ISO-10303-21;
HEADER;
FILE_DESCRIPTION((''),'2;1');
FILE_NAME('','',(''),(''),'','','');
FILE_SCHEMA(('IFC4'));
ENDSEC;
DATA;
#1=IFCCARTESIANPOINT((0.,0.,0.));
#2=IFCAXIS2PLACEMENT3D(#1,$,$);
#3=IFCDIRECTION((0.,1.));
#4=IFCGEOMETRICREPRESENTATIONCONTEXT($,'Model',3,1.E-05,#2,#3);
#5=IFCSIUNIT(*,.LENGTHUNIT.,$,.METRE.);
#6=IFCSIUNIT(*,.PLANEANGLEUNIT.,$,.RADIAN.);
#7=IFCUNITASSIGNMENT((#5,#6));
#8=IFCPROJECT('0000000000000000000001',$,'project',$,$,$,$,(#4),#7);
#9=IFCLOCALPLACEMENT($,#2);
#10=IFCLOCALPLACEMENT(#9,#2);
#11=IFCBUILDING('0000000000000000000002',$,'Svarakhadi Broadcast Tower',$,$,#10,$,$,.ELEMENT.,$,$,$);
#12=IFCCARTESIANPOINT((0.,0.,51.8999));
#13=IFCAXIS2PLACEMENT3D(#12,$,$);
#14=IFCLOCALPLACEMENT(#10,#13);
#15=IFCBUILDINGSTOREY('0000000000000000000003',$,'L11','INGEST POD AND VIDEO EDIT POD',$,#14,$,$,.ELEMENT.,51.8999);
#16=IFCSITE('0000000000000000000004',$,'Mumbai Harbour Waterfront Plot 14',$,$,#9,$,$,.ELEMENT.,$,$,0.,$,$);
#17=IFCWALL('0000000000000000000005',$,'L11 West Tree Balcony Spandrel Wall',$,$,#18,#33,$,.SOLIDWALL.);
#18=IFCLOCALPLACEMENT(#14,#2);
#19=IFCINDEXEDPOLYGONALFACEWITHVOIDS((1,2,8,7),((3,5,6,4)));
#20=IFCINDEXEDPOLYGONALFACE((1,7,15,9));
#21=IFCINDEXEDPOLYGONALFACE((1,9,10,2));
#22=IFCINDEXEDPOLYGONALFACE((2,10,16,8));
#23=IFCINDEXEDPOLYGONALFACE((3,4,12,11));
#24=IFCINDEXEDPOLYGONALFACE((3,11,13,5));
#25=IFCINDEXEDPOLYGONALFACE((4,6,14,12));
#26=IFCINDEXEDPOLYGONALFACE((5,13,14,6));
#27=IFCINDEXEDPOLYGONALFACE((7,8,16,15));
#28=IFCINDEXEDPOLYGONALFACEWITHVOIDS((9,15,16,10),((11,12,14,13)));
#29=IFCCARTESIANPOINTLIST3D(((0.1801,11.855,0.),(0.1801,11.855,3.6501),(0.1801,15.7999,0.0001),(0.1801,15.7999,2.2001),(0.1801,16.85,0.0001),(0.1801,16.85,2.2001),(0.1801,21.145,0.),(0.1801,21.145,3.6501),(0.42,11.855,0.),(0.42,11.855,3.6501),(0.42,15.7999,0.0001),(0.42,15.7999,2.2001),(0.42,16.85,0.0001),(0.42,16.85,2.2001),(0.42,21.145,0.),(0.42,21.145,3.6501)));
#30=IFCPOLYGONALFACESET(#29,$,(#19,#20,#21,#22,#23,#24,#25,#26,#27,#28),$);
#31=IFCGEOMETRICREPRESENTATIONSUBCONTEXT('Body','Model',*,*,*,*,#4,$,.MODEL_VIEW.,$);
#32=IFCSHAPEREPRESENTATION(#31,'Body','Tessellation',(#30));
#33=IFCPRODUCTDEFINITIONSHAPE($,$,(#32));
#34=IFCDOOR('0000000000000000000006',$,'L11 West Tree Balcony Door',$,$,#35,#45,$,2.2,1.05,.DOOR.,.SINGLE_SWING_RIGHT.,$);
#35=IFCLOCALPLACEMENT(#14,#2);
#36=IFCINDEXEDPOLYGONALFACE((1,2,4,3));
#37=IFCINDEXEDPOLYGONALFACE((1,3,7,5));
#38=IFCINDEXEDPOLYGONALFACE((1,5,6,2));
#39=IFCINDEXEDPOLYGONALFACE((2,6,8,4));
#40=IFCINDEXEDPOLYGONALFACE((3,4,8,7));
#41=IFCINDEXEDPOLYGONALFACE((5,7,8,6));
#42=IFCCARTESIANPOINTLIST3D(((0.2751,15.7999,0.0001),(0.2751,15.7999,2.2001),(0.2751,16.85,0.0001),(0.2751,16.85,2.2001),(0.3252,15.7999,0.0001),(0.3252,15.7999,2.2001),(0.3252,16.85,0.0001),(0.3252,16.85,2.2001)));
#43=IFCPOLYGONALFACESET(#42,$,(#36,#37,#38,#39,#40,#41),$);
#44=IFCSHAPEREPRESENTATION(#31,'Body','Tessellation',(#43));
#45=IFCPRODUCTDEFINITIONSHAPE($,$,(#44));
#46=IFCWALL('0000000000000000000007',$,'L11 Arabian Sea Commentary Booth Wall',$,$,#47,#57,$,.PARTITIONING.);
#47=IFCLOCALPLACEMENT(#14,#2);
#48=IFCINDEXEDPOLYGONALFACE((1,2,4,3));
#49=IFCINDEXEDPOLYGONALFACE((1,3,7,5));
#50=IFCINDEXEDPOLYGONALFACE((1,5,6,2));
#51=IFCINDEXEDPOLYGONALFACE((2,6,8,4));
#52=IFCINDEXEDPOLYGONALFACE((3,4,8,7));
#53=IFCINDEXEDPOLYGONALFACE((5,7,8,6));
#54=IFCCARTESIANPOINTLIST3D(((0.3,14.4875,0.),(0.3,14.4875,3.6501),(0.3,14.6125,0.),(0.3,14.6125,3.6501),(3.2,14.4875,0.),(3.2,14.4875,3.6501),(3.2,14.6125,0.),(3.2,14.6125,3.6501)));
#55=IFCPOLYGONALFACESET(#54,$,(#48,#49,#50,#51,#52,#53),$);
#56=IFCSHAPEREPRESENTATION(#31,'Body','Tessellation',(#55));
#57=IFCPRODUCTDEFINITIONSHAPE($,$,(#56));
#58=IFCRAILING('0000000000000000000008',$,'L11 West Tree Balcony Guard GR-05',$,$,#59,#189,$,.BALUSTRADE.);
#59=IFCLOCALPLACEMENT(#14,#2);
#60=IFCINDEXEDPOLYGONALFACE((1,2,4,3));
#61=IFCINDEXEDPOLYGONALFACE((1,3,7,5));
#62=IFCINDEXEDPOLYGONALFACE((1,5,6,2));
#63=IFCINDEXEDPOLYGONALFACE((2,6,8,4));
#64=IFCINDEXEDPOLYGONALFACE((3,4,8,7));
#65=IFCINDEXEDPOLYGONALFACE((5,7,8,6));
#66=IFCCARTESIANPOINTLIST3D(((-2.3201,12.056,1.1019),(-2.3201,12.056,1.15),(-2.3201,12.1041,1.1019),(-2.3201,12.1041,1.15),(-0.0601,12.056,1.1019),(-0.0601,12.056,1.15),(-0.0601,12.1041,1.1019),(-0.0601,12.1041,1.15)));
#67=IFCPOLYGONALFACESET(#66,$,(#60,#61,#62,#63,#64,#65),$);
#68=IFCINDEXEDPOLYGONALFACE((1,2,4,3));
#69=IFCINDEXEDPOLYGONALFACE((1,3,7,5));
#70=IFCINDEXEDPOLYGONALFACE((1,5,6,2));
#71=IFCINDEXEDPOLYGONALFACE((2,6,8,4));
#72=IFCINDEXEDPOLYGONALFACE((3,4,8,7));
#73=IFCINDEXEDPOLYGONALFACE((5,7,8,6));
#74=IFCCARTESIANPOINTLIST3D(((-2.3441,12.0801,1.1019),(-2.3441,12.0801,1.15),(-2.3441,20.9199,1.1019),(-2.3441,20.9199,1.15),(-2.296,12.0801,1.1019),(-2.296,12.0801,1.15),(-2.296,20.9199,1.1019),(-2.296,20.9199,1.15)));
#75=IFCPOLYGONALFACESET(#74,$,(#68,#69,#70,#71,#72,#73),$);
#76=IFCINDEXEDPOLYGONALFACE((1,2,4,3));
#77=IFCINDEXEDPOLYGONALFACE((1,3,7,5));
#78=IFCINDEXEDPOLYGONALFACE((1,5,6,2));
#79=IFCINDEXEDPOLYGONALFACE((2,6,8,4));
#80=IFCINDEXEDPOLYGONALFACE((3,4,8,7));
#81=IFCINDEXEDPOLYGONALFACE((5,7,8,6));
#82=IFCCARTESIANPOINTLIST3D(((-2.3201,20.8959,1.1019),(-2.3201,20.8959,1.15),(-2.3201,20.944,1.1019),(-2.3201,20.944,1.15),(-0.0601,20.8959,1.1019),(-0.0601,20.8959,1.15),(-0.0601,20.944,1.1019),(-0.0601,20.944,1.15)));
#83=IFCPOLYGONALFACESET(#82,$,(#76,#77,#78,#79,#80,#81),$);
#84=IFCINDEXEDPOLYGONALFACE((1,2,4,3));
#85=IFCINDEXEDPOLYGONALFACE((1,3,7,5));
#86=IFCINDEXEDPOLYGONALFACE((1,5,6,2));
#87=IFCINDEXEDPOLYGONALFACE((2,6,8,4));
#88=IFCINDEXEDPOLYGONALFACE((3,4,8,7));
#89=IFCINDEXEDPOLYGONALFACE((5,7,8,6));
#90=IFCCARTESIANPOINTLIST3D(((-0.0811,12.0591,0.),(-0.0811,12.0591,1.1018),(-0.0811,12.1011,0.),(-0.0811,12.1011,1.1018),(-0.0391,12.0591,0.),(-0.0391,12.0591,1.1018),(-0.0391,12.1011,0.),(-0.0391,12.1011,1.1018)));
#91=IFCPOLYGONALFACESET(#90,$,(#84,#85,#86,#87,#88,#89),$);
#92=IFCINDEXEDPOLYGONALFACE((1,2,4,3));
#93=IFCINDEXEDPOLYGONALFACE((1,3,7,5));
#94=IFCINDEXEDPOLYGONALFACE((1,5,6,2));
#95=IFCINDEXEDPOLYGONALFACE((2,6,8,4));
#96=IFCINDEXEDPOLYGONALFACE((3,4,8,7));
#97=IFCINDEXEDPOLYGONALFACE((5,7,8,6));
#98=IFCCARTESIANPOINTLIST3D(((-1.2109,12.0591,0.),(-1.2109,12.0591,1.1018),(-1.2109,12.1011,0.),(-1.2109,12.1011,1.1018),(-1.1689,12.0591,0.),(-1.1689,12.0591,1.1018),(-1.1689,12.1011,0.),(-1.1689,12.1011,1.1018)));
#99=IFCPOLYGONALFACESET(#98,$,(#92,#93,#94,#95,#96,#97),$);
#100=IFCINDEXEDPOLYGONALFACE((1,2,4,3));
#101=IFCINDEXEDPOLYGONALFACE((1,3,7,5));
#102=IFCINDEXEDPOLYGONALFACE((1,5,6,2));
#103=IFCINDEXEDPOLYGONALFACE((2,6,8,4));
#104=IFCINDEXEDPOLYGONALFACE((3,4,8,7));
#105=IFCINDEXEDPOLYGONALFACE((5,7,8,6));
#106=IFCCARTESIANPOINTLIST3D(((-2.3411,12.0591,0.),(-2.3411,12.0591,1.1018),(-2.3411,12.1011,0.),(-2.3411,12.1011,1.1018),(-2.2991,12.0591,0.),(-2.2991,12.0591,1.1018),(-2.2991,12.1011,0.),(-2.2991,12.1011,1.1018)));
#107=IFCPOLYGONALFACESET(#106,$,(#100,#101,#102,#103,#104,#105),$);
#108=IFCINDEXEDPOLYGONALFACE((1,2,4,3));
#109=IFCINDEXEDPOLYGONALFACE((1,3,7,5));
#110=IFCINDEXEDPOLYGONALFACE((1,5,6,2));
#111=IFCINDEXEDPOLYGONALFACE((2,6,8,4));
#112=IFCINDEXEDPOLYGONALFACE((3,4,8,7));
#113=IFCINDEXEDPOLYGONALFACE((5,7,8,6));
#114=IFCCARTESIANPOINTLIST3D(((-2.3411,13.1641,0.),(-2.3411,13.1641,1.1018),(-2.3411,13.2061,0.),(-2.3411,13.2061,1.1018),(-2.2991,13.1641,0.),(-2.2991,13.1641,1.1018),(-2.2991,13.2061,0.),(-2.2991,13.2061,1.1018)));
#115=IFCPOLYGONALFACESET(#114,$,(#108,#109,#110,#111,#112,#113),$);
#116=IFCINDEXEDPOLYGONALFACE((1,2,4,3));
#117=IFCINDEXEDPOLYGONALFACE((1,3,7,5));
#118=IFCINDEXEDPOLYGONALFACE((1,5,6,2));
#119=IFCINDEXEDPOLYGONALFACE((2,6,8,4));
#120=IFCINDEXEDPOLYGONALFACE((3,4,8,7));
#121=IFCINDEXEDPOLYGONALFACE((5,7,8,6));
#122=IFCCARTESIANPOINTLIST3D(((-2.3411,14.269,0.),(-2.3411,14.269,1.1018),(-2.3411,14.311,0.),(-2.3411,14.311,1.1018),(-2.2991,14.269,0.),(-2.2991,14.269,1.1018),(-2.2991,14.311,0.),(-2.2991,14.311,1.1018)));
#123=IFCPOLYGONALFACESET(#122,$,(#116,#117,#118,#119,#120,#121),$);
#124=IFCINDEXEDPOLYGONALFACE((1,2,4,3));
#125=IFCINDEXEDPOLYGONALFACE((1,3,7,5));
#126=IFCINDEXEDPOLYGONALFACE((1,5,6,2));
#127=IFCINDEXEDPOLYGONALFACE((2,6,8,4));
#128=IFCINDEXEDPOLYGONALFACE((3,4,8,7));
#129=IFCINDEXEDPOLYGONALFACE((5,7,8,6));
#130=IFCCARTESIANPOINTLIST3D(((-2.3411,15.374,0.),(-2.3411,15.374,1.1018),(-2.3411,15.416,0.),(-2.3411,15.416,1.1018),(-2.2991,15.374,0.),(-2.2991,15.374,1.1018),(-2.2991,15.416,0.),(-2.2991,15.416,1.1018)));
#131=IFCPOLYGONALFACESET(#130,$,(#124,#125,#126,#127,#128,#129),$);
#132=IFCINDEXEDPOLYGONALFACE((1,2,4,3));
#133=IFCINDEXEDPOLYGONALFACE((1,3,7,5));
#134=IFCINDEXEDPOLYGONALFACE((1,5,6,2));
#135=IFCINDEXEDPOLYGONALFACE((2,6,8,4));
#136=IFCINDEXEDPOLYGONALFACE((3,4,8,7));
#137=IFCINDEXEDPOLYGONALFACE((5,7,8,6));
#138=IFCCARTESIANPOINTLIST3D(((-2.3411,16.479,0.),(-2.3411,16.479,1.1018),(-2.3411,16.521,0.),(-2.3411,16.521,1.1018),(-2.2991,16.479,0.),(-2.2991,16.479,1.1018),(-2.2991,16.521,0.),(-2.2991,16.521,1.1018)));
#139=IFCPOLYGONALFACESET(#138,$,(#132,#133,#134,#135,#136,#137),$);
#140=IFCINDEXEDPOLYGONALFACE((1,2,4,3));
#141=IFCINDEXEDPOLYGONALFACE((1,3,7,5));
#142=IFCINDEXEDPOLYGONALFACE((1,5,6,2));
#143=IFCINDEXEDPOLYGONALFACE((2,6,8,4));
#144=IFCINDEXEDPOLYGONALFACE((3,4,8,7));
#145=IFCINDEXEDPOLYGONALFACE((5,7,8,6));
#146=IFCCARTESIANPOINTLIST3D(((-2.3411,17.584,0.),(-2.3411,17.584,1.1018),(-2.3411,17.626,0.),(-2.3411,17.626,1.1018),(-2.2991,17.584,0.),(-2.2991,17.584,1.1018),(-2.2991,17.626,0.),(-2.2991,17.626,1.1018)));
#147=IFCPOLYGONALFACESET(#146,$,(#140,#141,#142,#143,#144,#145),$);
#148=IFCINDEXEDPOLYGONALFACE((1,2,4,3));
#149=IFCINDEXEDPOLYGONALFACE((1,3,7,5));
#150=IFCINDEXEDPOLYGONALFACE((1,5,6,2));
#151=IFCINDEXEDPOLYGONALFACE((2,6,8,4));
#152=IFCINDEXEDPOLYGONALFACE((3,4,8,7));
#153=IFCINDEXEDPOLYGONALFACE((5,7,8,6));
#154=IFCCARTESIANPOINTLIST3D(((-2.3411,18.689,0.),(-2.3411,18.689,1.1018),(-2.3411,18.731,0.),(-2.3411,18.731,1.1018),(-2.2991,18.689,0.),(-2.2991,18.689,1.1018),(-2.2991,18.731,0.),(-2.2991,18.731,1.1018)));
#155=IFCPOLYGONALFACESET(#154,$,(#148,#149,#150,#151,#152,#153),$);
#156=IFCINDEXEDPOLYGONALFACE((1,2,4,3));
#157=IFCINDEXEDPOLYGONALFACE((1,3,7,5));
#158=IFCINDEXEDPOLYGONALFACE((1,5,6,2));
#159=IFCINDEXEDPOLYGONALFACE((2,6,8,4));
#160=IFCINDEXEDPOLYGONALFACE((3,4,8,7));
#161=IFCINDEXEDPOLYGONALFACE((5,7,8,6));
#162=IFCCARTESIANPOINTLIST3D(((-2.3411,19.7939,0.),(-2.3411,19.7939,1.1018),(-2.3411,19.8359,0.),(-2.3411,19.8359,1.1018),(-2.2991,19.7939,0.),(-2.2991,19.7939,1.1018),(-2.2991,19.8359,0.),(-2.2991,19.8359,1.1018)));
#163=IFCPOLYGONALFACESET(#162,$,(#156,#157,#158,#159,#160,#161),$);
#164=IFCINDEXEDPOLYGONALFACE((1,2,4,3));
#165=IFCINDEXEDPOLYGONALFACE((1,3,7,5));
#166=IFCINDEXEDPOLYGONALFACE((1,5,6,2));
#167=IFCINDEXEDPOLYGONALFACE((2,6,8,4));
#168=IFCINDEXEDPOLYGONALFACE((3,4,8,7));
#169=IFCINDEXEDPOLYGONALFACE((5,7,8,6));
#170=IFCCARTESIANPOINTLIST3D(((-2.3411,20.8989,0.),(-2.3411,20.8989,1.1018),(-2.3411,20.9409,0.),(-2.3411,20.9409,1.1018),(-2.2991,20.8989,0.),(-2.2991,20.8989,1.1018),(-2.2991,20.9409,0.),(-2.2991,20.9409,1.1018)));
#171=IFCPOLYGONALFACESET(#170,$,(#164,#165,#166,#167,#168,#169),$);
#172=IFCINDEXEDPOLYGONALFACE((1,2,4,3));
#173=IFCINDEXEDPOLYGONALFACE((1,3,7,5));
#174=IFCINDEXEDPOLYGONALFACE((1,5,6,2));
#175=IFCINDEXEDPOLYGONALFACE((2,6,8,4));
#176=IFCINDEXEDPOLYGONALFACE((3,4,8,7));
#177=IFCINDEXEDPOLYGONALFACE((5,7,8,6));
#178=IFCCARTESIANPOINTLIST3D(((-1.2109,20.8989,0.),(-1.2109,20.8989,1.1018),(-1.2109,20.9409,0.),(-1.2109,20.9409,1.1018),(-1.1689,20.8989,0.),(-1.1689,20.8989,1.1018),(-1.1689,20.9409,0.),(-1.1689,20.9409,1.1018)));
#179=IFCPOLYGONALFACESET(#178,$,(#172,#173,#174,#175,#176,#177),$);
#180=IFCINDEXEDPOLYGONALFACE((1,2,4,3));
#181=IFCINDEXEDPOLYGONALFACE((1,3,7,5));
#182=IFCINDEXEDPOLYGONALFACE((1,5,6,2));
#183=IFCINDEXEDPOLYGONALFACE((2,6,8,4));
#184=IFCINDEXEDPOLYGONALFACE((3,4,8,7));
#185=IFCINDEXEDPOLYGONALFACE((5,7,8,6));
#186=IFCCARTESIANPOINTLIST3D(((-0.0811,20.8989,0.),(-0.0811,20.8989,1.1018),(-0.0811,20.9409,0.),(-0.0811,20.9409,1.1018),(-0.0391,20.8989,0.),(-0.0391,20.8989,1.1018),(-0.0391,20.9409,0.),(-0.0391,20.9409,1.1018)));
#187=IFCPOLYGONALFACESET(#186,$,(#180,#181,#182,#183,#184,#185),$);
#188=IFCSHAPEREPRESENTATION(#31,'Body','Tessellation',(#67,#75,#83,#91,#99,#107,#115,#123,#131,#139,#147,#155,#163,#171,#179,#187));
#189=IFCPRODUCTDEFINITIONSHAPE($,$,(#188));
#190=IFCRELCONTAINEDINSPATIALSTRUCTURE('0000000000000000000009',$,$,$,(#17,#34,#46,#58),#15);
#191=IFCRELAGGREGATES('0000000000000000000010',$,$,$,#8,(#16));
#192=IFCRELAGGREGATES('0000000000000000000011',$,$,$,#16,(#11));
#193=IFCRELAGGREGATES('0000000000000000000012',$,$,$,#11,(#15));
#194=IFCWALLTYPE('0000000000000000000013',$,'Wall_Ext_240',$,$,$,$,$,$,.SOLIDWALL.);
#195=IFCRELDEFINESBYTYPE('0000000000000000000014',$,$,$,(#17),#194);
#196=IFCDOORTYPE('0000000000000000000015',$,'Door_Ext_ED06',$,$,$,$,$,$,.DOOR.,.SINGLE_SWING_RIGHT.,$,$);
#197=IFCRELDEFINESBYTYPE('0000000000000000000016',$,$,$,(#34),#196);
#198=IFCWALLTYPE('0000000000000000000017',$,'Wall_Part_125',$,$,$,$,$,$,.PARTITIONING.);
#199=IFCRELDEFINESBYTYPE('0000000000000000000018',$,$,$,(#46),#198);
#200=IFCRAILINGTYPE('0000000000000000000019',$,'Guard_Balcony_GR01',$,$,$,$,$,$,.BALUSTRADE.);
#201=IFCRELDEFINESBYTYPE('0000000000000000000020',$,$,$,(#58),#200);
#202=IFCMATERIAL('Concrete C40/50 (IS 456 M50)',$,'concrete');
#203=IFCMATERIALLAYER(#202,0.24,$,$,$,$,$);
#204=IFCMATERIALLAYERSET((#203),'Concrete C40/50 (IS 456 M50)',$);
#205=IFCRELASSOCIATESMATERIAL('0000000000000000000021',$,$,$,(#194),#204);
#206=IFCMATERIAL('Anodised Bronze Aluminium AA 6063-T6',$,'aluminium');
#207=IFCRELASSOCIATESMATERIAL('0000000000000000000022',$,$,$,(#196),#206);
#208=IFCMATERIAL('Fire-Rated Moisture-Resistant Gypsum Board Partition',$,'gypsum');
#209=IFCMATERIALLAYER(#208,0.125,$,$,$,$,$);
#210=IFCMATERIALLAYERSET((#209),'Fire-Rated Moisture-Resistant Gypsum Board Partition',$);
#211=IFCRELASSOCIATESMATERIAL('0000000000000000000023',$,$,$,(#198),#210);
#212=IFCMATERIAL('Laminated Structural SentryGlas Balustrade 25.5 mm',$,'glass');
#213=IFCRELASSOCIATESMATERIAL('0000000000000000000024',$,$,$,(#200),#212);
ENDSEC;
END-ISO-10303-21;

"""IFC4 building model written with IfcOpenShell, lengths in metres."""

from ifc_helpers import new_model, si_unit, direction, frame, frame_2d, origin, origin_2d, place, context, subcontext, project, spatial, rectangle, extrude, material, layer, layer_set, type_object, element, fill, save


model = new_model("IFC4")

# Units and contexts
model_context = context("Model", 3, precision=1e-05, world=origin(), true_north=direction((0.0, 1.0)))
body_context = subcontext(model_context, "Body", "Model", "MODEL_VIEW")
ifc_project = project(units=[si_unit("LENGTHUNIT", "METRE"), si_unit("PLANEANGLEUNIT", "RADIAN")], contexts=[model_context])

# Site, building, storey
site_placement = place(None, origin())
site = spatial("IfcSite", under=ifc_project, at=site_placement, Name="Mumbai Harbour Waterfront Plot 14", CompositionType="ELEMENT", RefElevation=0.0)
building_placement = place(site_placement, origin())
building = spatial("IfcBuilding", under=site, at=building_placement, Name="Svarakhadi Broadcast Tower", CompositionType="ELEMENT")
storey_placement = place(building_placement, frame((0.0, 0.0, 51.8999)))
storey = spatial("IfcBuildingStorey", under=building, at=storey_placement, Name="L11", Description="INGEST POD AND VIDEO EDIT POD", CompositionType="ELEMENT", Elevation=51.8999)

# Shared definitions
ifc_material_1 = material(Name="Anodised Bronze Aluminium AA 6063-T6", Category="aluminium")

# Wall, opening, door
ifc_material_2 = material(Name="Concrete C40/50 (IS 456 M50)", Category="concrete")
ifc_layer_1 = layer(ifc_material_2, 0.24)
ifc_layer_set_1 = layer_set([ifc_layer_1], Name="Concrete C40/50 (IS 456 M50)")
wall_type_1 = type_object("IfcWallType", Name="Wall_Ext_240", PredefinedType="SOLIDWALL", material=ifc_layer_set_1)
wall_1_placement = place(storey_placement, frame((0.3, 11.855, 0.0), z_axis=(0.0, 0.0, 1.0), x_axis=(0.0, 1.0, 0.0)))
wall_1 = element("IfcWall", 1, at=wall_1_placement, inside=storey, type_object=wall_type_1, Name="L11 West Tree Balcony Spandrel Wall", PredefinedType="SOLIDWALL", context=body_context, shape_type="SweptSolid", body=[
    extrude(rectangle(XDim=9.29, YDim=0.24, at=frame_2d((4.645, 0.0))), origin(), (0.0, 0.0, 1.0), 3.6501),
])
opening_1_placement = place(wall_1_placement, frame((3.9451, 0.0, 0.0)))
opening_1 = element("IfcOpeningElement", 2, at=opening_1_placement, cuts=wall_1, PredefinedType="OPENING", context=body_context, shape_type="SweptSolid", body=[
    extrude(rectangle(XDim=1.05, YDim=2.2, at=frame_2d((0.5249, 1.1001))), frame((0.0, 0.1299, 0.0), z_axis=(0.0, -1.0, 0.0), x_axis=(1.0, 0.0, 0.0)), (0.0, 0.0, 1.0), 0.26),
])
door_type_1 = type_object("IfcDoorType", Name="Door_Ext_ED06", OperationType="SINGLE_SWING_RIGHT", PredefinedType="DOOR", material=ifc_material_1)
door_1_placement = place(opening_1_placement, origin())
door_1 = element("IfcDoor", 3, at=door_1_placement, inside=storey, type_object=door_type_1, Name="L11 West Tree Balcony Door", OperationType="SINGLE_SWING_RIGHT", OverallHeight=2.2, OverallWidth=1.05, PredefinedType="DOOR", context=body_context, shape_type="SweptSolid", body=[
    extrude(rectangle(XDim=1.05, YDim=2.2, at=frame_2d((0.5249, 1.1001))), frame((0.0, 0.0249, 0.0), z_axis=(0.0, -1.0, 0.0), x_axis=(1.0, 0.0, 0.0)), (0.0, 0.0, 1.0), 0.05),
])
fill(opening_1, door_1)

# Wall
ifc_material_3 = material(Name="Fire-Rated Moisture-Resistant Gypsum Board Partition", Category="gypsum")
ifc_layer_2 = layer(ifc_material_3, 0.125)
ifc_layer_set_2 = layer_set([ifc_layer_2], Name="Fire-Rated Moisture-Resistant Gypsum Board Partition")
wall_type_2 = type_object("IfcWallType", Name="Wall_Part_125", PredefinedType="PARTITIONING", material=ifc_layer_set_2)
wall_2_placement = place(storey_placement, frame((0.3, 14.55, 0.0), z_axis=(0.0, 0.0, 1.0), x_axis=(1.0, 0.0, 0.0)))
element("IfcWall", 4, at=wall_2_placement, inside=storey, type_object=wall_type_2, Name="L11 Arabian Sea Commentary Booth Wall", PredefinedType="PARTITIONING", context=body_context, shape_type="SweptSolid", body=[
    extrude(rectangle(XDim=2.8999, YDim=0.125, at=frame_2d((1.45, 0.0))), origin(), (0.0, 0.0, 1.0), 3.6501),
])

# Railing
ifc_material_4 = material(Name="Laminated Structural SentryGlas Balustrade 25.5 mm", Category="glass")
railing_type = type_object("IfcRailingType", Name="Guard_Balcony_GR01", PredefinedType="BALUSTRADE", material=ifc_material_4)
railing_placement = place(storey_placement, frame((-0.0601, 12.0801, 0.0)))
element("IfcRailing", 5, at=railing_placement, inside=storey, type_object=railing_type, Name="L11 West Tree Balcony Guard GR-05", PredefinedType="BALUSTRADE", context=body_context, shape_type="SweptSolid", body=[
    extrude(rectangle(XDim=0.0481, YDim=0.0481, at=origin_2d()), frame((0.0, 0.0, 1.126), z_axis=(-1.0, 0.0, 0.0), x_axis=(0.0, -1.0, 0.0)), (0.0, 0.0, 1.0), 2.26),
    extrude(rectangle(XDim=0.0481, YDim=0.0481, at=origin_2d()), frame((-2.26, 0.0, 1.126), z_axis=(0.0, 1.0, 0.0), x_axis=(-1.0, 0.0, 0.0)), (0.0, 0.0, 1.0), 8.8398),
    extrude(rectangle(XDim=0.0481, YDim=0.0481, at=origin_2d()), frame((-2.26, 8.8398, 1.126), z_axis=(1.0, 0.0, 0.0), x_axis=(0.0, 1.0, 0.0)), (0.0, 0.0, 1.0), 2.26),
    extrude(rectangle(XDim=0.042, YDim=0.042, at=origin_2d()), origin(), (0.0, 0.0, 1.0), 1.1018),
    extrude(rectangle(XDim=0.042, YDim=0.042, at=origin_2d()), frame((-1.1299, 0.0, 0.0)), (0.0, 0.0, 1.0), 1.1018),
    extrude(rectangle(XDim=0.042, YDim=0.042, at=origin_2d()), frame((-2.26, 0.0, 0.0)), (0.0, 0.0, 1.0), 1.1018),
    extrude(rectangle(XDim=0.042, YDim=0.042, at=origin_2d()), frame((-2.26, 1.105, 0.0)), (0.0, 0.0, 1.0), 1.1018),
    extrude(rectangle(XDim=0.042, YDim=0.042, at=origin_2d()), frame((-2.26, 2.21, 0.0)), (0.0, 0.0, 1.0), 1.1018),
    extrude(rectangle(XDim=0.042, YDim=0.042, at=origin_2d()), frame((-2.26, 3.3149, 0.0)), (0.0, 0.0, 1.0), 1.1018),
    extrude(rectangle(XDim=0.042, YDim=0.042, at=origin_2d()), frame((-2.26, 4.4199, 0.0)), (0.0, 0.0, 1.0), 1.1018),
    extrude(rectangle(XDim=0.042, YDim=0.042, at=origin_2d()), frame((-2.26, 5.5249, 0.0)), (0.0, 0.0, 1.0), 1.1018),
    extrude(rectangle(XDim=0.042, YDim=0.042, at=origin_2d()), frame((-2.26, 6.6299, 0.0)), (0.0, 0.0, 1.0), 1.1018),
    extrude(rectangle(XDim=0.042, YDim=0.042, at=origin_2d()), frame((-2.26, 7.7349, 0.0)), (0.0, 0.0, 1.0), 1.1018),
    extrude(rectangle(XDim=0.042, YDim=0.042, at=origin_2d()), frame((-2.26, 8.8398, 0.0)), (0.0, 0.0, 1.0), 1.1018),
    extrude(rectangle(XDim=0.042, YDim=0.042, at=origin_2d()), frame((-1.1299, 8.8398, 0.0)), (0.0, 0.0, 1.0), 1.1018),
    extrude(rectangle(XDim=0.042, YDim=0.042, at=origin_2d()), frame((0.0, 8.8398, 0.0)), (0.0, 0.0, 1.0), 1.1018),
])

save(model, "model.ifc")
